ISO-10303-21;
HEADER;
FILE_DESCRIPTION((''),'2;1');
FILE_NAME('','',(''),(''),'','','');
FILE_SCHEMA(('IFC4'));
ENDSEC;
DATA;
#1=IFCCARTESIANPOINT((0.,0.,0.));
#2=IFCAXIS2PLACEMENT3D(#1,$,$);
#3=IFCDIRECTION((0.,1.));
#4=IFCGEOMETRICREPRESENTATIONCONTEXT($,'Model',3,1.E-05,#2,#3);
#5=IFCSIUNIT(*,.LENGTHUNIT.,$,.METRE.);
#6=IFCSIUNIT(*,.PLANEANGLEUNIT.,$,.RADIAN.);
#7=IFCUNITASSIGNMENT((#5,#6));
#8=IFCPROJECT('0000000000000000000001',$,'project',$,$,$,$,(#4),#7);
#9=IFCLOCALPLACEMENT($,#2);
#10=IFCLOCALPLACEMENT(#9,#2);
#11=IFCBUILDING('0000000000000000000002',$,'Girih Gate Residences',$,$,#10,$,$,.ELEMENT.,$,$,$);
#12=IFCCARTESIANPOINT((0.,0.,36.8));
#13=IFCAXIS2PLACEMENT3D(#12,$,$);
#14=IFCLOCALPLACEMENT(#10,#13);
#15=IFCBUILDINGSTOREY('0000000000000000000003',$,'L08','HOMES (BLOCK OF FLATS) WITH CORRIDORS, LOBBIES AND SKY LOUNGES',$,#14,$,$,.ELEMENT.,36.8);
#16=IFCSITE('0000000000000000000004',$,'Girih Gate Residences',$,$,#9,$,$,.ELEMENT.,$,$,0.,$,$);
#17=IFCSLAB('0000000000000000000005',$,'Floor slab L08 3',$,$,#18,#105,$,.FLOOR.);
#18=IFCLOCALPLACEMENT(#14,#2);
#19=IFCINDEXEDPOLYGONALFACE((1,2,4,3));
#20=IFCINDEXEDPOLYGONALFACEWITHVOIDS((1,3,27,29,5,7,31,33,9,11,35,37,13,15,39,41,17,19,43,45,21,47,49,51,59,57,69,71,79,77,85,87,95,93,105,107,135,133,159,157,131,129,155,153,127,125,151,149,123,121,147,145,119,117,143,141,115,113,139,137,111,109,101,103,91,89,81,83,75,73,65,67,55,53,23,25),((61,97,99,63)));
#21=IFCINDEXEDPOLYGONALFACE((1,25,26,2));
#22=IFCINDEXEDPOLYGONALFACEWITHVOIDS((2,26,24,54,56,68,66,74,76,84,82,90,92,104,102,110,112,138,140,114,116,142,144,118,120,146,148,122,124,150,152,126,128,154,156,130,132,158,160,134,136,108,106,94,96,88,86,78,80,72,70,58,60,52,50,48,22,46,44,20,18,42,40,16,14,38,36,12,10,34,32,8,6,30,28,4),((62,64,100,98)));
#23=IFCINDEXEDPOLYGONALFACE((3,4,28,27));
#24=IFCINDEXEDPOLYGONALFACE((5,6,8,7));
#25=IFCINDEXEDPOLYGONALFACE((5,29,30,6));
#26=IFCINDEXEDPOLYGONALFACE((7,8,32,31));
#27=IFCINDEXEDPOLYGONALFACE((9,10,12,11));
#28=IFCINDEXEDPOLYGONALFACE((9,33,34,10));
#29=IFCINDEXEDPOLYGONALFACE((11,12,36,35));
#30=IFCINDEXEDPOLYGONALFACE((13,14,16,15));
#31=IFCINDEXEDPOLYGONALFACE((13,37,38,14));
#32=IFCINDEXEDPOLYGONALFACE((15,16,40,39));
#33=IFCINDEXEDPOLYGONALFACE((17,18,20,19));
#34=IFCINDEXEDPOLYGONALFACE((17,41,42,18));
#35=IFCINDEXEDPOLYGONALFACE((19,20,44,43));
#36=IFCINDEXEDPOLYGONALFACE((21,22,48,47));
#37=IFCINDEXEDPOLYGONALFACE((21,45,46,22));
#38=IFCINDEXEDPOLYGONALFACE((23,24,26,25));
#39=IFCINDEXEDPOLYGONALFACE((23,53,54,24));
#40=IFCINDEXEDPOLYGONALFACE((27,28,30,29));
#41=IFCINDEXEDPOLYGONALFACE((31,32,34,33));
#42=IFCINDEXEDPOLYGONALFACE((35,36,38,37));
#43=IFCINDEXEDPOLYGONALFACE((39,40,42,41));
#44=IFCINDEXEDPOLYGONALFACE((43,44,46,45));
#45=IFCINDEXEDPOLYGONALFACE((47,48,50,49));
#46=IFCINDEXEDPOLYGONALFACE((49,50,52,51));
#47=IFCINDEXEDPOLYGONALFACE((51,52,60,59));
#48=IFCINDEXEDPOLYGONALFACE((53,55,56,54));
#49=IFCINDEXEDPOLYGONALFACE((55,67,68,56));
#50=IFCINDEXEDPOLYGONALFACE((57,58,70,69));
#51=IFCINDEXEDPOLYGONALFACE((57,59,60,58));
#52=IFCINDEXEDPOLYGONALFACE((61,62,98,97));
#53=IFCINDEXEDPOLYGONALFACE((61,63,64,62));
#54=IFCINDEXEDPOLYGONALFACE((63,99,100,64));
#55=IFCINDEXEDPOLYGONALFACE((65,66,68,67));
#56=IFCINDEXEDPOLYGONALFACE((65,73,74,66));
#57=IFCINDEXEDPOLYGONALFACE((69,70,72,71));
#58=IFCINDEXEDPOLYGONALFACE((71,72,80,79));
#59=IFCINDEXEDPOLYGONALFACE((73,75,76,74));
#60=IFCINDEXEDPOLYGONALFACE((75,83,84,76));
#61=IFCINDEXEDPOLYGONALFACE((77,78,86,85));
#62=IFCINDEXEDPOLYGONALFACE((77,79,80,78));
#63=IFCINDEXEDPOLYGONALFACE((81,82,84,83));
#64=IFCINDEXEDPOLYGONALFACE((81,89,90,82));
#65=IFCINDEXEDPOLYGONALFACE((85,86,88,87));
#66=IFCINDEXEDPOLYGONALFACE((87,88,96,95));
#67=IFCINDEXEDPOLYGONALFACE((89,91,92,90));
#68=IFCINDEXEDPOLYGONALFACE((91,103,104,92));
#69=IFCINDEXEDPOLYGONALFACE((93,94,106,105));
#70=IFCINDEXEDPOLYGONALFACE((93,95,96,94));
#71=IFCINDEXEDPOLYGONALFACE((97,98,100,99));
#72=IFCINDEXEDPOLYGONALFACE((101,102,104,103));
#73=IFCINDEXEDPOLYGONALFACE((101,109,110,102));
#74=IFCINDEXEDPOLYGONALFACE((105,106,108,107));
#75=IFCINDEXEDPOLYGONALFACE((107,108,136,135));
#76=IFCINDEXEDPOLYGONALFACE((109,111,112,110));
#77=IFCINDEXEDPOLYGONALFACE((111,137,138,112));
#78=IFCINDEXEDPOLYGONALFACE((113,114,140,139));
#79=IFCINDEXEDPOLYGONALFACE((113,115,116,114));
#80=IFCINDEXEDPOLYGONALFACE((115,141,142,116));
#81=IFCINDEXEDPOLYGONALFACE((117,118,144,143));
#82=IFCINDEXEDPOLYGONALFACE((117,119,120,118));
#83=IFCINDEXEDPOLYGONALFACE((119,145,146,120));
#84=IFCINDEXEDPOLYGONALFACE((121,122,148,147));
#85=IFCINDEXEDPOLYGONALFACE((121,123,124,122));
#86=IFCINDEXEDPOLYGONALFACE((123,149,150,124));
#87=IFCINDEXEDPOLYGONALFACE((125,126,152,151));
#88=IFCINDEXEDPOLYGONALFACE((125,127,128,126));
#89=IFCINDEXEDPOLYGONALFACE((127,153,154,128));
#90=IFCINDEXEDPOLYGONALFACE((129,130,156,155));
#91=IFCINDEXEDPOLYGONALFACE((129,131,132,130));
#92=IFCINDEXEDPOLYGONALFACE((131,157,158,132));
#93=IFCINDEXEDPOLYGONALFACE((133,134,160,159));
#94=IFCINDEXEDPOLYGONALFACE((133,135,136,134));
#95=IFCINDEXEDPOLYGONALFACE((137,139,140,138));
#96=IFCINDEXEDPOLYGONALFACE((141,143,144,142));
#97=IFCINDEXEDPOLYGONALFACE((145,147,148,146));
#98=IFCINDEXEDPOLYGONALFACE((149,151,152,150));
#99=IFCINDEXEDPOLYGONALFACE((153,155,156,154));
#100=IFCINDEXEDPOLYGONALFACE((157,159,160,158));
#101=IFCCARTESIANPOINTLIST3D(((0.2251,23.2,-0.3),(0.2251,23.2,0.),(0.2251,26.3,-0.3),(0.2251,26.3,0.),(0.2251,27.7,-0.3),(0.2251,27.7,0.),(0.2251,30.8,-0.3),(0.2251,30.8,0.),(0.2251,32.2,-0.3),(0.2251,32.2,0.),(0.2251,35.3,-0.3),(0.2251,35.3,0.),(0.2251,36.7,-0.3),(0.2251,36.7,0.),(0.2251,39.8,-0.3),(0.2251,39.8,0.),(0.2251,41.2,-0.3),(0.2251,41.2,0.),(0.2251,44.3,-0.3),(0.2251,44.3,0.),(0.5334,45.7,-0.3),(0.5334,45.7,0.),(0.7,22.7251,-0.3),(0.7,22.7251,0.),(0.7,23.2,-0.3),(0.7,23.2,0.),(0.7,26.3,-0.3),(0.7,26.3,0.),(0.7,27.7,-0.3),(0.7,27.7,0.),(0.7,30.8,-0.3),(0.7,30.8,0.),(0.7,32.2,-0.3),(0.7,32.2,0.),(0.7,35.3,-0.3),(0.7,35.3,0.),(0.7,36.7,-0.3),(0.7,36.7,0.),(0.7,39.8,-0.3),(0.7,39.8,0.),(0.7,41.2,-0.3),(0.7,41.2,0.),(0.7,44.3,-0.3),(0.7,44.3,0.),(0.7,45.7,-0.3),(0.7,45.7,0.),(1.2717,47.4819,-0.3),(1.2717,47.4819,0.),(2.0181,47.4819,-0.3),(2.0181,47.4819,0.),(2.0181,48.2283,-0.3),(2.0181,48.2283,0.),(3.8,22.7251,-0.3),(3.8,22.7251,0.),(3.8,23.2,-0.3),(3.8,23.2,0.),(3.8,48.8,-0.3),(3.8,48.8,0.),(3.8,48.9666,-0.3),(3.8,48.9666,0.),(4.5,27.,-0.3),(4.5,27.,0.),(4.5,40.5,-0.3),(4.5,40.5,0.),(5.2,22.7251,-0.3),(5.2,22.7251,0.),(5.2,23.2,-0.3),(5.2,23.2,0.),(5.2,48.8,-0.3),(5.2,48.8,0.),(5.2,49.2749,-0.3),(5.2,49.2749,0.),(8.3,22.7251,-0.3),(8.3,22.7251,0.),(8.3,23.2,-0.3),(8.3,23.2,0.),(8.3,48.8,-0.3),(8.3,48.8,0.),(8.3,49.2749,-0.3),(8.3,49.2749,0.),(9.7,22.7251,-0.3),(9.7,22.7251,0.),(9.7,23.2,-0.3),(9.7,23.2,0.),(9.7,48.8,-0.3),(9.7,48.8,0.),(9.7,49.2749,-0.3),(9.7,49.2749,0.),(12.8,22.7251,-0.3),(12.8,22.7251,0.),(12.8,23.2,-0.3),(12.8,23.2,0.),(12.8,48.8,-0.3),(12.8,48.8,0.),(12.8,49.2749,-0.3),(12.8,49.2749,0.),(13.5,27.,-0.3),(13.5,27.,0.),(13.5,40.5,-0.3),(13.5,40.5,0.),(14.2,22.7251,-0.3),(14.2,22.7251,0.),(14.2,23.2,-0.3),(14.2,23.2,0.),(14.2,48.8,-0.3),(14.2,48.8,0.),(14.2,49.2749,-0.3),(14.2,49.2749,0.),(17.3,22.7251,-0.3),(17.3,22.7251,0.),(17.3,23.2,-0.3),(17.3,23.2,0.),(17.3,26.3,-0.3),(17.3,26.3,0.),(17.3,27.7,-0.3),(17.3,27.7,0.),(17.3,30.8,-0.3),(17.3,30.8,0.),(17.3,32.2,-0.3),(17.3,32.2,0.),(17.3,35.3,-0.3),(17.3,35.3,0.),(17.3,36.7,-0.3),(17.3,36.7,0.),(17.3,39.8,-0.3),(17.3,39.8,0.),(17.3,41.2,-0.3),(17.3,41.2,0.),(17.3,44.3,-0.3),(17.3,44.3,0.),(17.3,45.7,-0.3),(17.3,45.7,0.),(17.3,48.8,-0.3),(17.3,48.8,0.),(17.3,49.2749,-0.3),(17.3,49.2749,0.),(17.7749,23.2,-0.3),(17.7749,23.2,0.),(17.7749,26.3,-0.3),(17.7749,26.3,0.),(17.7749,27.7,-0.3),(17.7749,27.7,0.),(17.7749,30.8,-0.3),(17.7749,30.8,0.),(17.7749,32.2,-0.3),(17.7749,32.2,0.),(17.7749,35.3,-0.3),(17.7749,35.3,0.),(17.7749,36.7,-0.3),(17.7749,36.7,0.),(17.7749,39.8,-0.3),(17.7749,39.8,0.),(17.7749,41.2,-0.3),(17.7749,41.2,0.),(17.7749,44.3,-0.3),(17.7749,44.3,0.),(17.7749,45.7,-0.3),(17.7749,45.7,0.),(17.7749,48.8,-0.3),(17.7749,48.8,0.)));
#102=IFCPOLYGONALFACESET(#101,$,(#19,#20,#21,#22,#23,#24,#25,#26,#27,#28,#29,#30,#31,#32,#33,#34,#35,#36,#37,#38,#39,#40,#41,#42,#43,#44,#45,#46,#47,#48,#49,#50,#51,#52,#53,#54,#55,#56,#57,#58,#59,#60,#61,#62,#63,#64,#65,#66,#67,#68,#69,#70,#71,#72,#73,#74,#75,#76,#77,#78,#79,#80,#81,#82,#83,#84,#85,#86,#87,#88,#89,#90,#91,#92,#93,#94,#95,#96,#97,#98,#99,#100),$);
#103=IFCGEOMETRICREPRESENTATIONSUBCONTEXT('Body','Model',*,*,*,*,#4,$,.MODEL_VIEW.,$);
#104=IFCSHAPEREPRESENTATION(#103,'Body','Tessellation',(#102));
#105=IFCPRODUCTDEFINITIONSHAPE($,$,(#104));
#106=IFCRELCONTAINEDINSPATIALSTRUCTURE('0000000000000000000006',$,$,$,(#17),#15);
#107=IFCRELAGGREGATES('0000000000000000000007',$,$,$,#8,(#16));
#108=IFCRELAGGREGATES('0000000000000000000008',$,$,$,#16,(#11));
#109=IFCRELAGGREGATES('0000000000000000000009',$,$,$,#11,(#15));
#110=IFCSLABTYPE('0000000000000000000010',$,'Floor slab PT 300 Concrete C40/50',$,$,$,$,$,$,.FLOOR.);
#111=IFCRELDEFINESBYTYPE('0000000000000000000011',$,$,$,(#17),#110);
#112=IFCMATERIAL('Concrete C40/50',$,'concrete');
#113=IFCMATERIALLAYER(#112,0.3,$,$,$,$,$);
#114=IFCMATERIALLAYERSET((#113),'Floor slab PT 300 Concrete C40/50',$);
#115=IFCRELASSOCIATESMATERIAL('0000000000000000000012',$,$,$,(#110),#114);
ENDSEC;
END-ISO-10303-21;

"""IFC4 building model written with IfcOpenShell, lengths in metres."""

from ifc_helpers import new_model, si_unit, direction, frame, origin, place, context, subcontext, project, spatial, polyline, outline, extrude, material, layer, layer_set, type_object, element, save


model = new_model("IFC4")

# Units and contexts
model_context = context("Model", 3, precision=1e-05, world=origin(), true_north=direction((0.0, 1.0)))
body_context = subcontext(model_context, "Body", "Model", "MODEL_VIEW")
ifc_project = project(units=[si_unit("LENGTHUNIT", "METRE"), si_unit("PLANEANGLEUNIT", "RADIAN")], contexts=[model_context])

# Site, building, storey
site_placement = place(None, origin())
site = spatial("IfcSite", under=ifc_project, at=site_placement, Name="Girih Gate Residences", CompositionType="ELEMENT", RefElevation=0.0)
building_placement = place(site_placement, origin())
building = spatial("IfcBuilding", under=site, at=building_placement, Name="Girih Gate Residences", CompositionType="ELEMENT")
storey_placement = place(building_placement, frame((0.0, 0.0, 36.8)))
storey = spatial("IfcBuildingStorey", under=building, at=storey_placement, Name="L08", Description="HOMES (BLOCK OF FLATS) WITH CORRIDORS, LOBBIES AND SKY LOUNGES", CompositionType="ELEMENT", Elevation=36.8)

# Slab
ifc_material_1 = material(Name="Concrete C40/50", Category="concrete")
ifc_layer_1 = layer(ifc_material_1, 0.3)
ifc_layer_set_1 = layer_set([ifc_layer_1], Name="Floor slab PT 300 Concrete C40/50")
slab_type_1 = type_object("IfcSlabType", Name="Floor slab PT 300 Concrete C40/50", PredefinedType="FLOOR", material=ifc_layer_set_1)
slab_1_placement = place(storey_placement, frame((0.0, 0.0, -0.3)))
element("IfcSlab", 1, at=slab_1_placement, inside=storey, type_object=slab_type_1, Name="Floor slab L08 3", PredefinedType="FLOOR", context=body_context, shape_type="SweptSolid", body=[
    extrude(outline(polyline([(0.2251, 26.3), (0.2251, 23.2), (0.7, 23.2), (0.7, 22.7251), (3.8, 22.7251), (3.8, 23.2), (5.2, 23.2), (5.2, 22.7251), (8.3, 22.7251), (8.3, 23.2), (9.7, 23.2), (9.7, 22.7251), (12.8, 22.7251), (12.8, 23.2), (14.2, 23.2), (14.2, 22.7251), (17.3, 22.7251), (17.3, 23.2), (17.7749, 23.2), (17.7749, 26.3), (17.3, 26.3), (17.3, 27.7), (17.7749, 27.7), (17.7749, 30.8), (17.3, 30.8), (17.3, 32.2), (17.7749, 32.2), (17.7749, 35.3), (17.3, 35.3), (17.3, 36.7), (17.7749, 36.7), (17.7749, 39.8), (17.3, 39.8), (17.3, 41.2), (17.7749, 41.2), (17.7749, 44.3), (17.3, 44.3), (17.3, 45.7), (17.7749, 45.7), (17.7749, 48.8), (17.3, 48.8), (17.3, 49.2749), (14.2, 49.2749), (14.2, 48.8), (12.8, 48.8), (12.8, 49.2749), (9.7, 49.2749), (9.7, 48.8), (8.3, 48.8), (8.3, 49.2749), (5.2, 49.2749), (5.2, 48.8), (3.8, 48.8), (3.8, 48.9666), (2.0181, 48.2283), (2.0181, 47.4819), (1.2717, 47.4819), (0.5334, 45.7), (0.7, 45.7), (0.7, 44.3), (0.2251, 44.3), (0.2251, 41.2), (0.7, 41.2), (0.7, 39.8), (0.2251, 39.8), (0.2251, 36.7), (0.7, 36.7), (0.7, 35.3), (0.2251, 35.3), (0.2251, 32.2), (0.7, 32.2), (0.7, 30.8), (0.2251, 30.8), (0.2251, 27.7), (0.7, 27.7), (0.7, 26.3), (0.2251, 26.3)]), holes=[polyline([(13.5, 40.5), (13.5, 27.0), (4.5, 27.0), (4.5, 40.5), (13.5, 40.5)])]), origin(), (0.0, 0.0, 1.0), 0.3),
])

save(model, "model.ifc")
